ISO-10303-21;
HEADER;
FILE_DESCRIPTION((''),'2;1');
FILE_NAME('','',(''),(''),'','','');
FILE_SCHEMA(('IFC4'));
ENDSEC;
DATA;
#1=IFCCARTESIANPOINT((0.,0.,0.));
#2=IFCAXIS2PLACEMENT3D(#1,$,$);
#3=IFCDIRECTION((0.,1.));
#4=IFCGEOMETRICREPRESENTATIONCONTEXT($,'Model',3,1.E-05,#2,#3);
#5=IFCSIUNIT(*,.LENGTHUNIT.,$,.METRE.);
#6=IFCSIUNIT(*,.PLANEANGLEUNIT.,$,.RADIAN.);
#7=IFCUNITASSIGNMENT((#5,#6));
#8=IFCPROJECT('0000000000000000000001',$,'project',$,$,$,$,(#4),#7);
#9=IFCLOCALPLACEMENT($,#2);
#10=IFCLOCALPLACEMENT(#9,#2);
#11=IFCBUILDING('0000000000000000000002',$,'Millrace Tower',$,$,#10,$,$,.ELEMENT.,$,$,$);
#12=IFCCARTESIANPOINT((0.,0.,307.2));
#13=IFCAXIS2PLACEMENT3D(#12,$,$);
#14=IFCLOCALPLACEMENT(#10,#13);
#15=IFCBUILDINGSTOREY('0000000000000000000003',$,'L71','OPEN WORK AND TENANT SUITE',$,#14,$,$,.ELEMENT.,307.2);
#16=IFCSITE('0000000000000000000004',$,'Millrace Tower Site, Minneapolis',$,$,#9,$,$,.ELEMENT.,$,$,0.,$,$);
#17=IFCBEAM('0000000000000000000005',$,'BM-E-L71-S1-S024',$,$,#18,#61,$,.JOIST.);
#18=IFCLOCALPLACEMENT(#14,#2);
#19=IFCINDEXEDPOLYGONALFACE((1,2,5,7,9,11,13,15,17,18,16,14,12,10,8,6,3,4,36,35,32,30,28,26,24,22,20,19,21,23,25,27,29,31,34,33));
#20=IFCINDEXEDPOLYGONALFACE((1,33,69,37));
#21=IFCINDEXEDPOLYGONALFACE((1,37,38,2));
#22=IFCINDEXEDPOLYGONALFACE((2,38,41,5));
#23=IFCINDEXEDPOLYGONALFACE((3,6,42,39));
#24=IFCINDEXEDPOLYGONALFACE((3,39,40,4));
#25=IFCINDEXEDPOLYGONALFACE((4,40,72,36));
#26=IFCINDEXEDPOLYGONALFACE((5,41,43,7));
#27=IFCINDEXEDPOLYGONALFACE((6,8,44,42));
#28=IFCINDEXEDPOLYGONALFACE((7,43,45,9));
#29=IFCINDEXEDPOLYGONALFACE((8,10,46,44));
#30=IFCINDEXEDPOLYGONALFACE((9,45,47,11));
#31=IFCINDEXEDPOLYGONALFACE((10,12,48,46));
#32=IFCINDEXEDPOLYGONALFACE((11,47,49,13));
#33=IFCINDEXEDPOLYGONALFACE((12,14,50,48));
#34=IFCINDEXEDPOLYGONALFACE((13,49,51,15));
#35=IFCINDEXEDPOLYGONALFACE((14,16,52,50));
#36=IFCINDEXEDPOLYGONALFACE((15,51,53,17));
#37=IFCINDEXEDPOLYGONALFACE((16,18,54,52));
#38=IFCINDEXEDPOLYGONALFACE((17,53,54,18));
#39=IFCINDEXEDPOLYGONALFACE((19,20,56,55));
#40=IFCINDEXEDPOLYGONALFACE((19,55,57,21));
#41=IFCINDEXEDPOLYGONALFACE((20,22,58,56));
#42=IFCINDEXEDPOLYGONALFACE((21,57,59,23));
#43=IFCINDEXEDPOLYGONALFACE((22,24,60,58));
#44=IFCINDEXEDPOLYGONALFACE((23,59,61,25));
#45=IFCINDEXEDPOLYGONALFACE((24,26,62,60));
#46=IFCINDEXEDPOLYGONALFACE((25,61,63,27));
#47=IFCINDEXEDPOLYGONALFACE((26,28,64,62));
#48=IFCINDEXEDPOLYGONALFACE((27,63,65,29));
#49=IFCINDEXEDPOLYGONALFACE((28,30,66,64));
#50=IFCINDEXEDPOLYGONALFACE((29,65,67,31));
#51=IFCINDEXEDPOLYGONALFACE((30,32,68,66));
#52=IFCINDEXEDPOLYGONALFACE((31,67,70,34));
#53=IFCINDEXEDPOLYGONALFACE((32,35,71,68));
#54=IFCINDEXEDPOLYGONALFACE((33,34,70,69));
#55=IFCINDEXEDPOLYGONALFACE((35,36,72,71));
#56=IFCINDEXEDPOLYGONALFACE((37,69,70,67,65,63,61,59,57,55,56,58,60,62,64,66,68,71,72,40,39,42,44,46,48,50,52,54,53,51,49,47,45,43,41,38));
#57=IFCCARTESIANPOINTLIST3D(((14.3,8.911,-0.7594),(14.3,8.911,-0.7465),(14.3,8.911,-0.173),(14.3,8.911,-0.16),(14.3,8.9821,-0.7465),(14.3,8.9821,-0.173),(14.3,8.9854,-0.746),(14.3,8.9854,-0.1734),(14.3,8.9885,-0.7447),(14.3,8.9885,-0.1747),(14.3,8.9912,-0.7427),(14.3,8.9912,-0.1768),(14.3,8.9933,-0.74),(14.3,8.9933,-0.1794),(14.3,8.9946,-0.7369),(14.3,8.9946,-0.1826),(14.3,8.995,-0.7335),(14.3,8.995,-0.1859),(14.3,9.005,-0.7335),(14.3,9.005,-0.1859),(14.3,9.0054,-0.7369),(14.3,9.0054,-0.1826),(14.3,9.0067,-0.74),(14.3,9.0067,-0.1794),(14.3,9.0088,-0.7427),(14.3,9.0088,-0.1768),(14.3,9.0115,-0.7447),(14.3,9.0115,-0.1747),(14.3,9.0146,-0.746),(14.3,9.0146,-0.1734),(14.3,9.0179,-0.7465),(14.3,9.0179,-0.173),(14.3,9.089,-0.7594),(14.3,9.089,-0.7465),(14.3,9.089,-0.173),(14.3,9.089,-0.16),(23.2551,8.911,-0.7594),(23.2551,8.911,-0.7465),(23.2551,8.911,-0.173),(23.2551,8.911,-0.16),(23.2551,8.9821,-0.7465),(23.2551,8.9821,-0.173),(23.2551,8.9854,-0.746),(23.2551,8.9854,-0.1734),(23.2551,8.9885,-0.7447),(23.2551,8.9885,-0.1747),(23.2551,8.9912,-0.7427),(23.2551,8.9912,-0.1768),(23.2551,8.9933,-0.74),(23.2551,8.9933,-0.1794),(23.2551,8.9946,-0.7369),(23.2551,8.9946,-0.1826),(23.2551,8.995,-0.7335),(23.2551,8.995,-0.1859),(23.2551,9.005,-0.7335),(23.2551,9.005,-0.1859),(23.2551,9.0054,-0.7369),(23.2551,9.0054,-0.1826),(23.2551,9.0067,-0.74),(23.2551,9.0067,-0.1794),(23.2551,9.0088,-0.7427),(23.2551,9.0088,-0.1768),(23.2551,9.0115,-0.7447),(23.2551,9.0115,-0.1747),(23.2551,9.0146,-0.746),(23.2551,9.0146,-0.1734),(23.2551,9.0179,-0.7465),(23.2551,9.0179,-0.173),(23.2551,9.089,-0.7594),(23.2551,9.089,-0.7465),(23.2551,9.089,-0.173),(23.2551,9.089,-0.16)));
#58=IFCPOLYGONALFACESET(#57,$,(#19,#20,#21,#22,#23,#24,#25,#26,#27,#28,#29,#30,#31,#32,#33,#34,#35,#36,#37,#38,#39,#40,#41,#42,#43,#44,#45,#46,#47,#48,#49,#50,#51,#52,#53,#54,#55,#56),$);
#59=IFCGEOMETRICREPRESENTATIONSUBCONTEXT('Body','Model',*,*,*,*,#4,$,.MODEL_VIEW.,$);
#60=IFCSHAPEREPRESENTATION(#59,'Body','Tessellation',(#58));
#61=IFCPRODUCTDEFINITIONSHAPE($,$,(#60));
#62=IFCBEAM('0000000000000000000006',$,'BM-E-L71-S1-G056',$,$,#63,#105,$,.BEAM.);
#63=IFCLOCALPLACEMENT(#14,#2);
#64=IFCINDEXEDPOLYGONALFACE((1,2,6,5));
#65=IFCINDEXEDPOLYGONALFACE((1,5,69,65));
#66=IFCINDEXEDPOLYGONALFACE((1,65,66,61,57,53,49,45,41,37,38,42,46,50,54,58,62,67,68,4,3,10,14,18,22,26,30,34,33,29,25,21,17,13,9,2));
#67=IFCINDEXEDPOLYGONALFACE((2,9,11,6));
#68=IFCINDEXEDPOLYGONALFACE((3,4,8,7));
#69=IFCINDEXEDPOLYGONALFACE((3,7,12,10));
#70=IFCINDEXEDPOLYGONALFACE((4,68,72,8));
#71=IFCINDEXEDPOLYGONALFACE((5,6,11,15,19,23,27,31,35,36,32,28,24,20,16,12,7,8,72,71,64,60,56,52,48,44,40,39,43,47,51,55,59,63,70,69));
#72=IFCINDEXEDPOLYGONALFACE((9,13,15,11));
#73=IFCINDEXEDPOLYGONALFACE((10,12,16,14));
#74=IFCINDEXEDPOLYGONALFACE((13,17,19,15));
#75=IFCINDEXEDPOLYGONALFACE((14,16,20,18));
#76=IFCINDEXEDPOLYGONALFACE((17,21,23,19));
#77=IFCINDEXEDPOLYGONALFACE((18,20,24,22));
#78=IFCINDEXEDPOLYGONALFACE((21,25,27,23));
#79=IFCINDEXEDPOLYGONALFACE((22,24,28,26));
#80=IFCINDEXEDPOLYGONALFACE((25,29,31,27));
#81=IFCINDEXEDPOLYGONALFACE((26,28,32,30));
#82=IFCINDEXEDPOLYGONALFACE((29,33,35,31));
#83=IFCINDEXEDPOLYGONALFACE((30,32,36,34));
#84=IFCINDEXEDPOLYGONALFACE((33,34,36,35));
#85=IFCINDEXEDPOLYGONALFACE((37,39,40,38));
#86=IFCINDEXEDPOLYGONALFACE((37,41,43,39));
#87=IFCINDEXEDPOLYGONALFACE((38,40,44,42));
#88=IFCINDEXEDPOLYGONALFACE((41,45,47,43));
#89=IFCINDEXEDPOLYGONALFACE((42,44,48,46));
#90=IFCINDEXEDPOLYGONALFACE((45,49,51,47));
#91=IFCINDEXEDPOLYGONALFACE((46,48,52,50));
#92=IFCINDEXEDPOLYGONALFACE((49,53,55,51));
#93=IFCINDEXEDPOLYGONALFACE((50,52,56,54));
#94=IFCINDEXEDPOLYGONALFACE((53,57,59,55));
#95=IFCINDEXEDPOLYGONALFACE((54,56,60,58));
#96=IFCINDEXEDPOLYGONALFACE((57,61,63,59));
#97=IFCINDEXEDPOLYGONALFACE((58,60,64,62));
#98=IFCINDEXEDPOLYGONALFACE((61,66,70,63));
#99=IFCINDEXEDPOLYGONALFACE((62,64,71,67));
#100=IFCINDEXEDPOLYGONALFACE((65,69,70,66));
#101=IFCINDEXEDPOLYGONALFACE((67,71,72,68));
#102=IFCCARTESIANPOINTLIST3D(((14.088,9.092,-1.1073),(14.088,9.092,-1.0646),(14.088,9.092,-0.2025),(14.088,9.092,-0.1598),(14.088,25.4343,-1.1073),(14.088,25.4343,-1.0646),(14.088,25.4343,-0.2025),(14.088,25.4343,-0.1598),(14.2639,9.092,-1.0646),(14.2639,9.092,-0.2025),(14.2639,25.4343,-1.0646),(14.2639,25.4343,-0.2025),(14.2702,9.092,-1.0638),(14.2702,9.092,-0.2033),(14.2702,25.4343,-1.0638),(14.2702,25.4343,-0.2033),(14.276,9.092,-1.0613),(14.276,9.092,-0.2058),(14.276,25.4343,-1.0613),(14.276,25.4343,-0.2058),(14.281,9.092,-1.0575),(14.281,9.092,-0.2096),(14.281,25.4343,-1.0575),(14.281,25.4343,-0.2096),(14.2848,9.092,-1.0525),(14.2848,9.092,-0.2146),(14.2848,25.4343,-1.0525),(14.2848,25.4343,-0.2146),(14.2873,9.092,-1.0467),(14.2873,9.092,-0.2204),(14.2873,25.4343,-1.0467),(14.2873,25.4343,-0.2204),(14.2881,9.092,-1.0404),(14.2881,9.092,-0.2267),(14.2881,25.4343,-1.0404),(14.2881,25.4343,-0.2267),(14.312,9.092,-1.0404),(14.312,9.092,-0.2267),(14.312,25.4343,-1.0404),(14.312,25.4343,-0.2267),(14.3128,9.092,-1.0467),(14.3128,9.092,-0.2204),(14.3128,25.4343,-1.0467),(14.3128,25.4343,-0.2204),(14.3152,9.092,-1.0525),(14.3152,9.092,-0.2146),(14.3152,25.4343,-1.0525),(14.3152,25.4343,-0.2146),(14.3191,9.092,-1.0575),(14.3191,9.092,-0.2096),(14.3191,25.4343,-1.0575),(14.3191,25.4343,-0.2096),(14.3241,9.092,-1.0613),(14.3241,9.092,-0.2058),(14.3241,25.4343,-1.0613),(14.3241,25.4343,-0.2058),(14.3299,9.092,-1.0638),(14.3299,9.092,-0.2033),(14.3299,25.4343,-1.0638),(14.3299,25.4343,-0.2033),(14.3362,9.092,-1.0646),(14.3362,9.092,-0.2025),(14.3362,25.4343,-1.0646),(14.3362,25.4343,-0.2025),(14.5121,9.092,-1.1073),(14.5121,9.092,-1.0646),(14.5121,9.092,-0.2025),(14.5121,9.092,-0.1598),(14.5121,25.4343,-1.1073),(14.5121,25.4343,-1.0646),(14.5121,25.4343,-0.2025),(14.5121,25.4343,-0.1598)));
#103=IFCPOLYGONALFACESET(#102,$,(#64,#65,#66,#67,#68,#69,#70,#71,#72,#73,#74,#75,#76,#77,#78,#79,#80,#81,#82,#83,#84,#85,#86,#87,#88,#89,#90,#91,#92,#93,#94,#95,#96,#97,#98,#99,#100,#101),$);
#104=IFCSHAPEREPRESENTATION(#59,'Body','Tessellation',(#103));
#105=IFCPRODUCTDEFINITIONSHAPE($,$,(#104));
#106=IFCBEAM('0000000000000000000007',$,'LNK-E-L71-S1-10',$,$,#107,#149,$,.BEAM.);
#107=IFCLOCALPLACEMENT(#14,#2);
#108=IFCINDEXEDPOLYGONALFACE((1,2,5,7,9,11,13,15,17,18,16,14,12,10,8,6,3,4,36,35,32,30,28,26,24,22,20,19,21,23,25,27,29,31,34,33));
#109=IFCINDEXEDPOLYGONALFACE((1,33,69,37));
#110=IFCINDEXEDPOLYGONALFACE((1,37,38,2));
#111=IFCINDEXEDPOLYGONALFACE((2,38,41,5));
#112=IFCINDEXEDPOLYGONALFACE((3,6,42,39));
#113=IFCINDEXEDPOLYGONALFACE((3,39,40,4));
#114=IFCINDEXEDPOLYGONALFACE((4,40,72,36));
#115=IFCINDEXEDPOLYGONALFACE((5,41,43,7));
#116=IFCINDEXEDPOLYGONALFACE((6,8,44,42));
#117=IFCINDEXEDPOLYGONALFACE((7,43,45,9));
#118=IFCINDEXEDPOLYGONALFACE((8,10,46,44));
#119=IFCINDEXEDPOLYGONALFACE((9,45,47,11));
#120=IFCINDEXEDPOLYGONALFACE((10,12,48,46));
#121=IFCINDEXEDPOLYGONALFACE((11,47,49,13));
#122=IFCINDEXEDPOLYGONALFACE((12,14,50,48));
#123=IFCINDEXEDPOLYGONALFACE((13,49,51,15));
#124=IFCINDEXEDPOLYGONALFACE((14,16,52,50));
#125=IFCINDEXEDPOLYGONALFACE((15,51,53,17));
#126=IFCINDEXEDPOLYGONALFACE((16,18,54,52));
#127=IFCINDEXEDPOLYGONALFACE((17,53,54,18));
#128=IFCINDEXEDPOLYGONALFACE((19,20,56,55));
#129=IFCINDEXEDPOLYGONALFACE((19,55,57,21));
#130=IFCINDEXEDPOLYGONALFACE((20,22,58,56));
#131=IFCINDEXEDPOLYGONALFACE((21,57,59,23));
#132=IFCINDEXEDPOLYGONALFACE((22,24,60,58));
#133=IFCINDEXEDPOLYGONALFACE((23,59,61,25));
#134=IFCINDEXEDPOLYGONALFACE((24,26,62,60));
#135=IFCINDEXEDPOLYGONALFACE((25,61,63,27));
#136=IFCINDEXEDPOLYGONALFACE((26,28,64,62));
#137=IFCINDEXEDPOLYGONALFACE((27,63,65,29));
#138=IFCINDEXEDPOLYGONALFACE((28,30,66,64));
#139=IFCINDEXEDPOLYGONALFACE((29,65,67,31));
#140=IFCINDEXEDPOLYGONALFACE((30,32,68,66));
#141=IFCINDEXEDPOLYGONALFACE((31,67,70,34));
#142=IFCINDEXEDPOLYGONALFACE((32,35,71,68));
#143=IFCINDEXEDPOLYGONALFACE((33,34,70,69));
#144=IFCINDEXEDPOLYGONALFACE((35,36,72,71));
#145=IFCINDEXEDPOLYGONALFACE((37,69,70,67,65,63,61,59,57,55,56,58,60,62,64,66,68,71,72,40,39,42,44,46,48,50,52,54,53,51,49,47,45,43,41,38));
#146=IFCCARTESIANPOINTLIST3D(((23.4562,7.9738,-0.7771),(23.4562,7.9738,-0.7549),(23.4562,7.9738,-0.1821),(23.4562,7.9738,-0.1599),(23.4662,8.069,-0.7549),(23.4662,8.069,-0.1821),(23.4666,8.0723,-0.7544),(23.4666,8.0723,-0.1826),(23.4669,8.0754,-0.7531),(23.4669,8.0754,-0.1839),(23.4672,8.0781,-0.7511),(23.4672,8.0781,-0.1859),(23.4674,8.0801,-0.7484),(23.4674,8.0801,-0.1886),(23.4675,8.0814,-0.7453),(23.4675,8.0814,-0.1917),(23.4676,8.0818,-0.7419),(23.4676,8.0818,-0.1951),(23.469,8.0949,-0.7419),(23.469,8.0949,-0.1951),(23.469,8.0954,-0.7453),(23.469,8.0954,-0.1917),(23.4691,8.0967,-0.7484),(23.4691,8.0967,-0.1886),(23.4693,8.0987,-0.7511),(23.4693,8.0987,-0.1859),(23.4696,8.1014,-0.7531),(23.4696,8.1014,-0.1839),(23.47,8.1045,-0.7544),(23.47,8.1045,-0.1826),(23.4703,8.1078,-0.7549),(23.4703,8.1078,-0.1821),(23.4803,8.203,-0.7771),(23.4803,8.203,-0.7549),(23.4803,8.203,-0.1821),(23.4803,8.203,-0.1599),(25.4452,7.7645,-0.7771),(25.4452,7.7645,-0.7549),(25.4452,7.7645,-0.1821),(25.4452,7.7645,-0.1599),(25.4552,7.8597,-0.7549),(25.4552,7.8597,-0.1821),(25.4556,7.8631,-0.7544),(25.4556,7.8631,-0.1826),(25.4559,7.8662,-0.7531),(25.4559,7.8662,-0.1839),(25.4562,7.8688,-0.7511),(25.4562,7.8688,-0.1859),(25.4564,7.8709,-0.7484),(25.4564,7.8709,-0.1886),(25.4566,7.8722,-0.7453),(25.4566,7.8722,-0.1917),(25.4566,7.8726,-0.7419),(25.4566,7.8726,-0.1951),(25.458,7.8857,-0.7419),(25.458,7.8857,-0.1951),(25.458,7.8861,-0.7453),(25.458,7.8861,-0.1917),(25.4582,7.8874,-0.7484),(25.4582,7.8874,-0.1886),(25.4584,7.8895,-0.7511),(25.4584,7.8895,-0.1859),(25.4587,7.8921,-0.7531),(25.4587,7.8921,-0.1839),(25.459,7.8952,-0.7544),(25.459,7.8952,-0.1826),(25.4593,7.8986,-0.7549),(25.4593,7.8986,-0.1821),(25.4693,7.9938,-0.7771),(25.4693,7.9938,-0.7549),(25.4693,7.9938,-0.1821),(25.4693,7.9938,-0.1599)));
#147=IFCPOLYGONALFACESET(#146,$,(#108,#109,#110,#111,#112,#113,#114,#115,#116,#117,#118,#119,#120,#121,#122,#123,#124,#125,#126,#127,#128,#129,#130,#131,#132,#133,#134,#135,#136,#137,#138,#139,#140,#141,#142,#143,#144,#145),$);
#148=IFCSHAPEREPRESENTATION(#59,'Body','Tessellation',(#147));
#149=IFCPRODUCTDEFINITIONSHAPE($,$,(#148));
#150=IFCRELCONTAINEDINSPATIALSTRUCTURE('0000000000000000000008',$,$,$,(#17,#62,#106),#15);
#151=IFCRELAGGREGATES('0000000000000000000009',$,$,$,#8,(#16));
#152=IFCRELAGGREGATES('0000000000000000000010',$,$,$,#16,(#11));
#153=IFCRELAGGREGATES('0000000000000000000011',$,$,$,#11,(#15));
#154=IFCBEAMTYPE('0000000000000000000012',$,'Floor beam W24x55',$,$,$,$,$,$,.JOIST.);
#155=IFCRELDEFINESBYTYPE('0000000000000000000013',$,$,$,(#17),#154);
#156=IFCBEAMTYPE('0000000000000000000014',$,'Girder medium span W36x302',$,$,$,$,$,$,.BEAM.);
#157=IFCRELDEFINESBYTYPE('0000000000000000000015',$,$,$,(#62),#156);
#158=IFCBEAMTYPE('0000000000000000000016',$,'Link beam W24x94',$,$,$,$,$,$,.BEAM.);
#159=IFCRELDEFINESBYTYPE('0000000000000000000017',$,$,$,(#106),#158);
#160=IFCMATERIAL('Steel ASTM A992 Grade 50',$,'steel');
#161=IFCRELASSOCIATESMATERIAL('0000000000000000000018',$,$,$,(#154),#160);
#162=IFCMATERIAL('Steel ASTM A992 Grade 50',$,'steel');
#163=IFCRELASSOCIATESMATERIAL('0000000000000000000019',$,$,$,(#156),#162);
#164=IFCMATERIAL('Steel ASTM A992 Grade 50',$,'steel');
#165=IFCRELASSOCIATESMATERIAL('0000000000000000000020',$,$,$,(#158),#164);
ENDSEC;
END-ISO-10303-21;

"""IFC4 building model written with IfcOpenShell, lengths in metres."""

from ifc_helpers import new_model, si_unit, direction, frame, origin, origin_2d, place, context, subcontext, project, spatial, i_section, extrude, material, material_profile, profile_set, type_object, element, save


model = new_model("IFC4")

# Units and contexts
model_context = context("Model", 3, precision=1e-05, world=origin(), true_north=direction((0.0, 1.0)))
body_context = subcontext(model_context, "Body", "Model", "MODEL_VIEW")
ifc_project = project(units=[si_unit("LENGTHUNIT", "METRE"), si_unit("PLANEANGLEUNIT", "RADIAN")], contexts=[model_context])

# Site, building, storey
site_placement = place(None, origin())
site = spatial("IfcSite", under=ifc_project, at=site_placement, Name="Millrace Tower Site, Minneapolis", CompositionType="ELEMENT", RefElevation=0.0)
building_placement = place(site_placement, origin())
building = spatial("IfcBuilding", under=site, at=building_placement, Name="Millrace Tower", CompositionType="ELEMENT")
storey_placement = place(building_placement, frame((0.0, 0.0, 307.2)))
storey = spatial("IfcBuildingStorey", under=building, at=storey_placement, Name="L71", Description="OPEN WORK AND TENANT SUITE", CompositionType="ELEMENT", Elevation=307.2)

# Beams
ifc_material_1 = material(Name="Steel ASTM A992 Grade 50", Category="steel")
ifc_material_profile_1 = material_profile(ifc_material_1, i_section(OverallWidth=0.178, OverallDepth=0.5994, WebThickness=0.01, FlangeThickness=0.0129, FilletRadius=0.0129, at=origin_2d()))
ifc_profile_set_1 = profile_set([ifc_material_profile_1], Name="Steel ASTM A992 Grade 50")
beam_type_1 = type_object("IfcBeamType", Name="Floor beam W24x55", PredefinedType="JOIST", material=ifc_profile_set_1)
beam_1_placement = place(storey_placement, frame((14.3, 9.0, -0.4597), z_axis=(1.0, 0.0, 0.0), x_axis=(0.0, 1.0, 0.0)))
element("IfcBeam", 1, at=beam_1_placement, inside=storey, type_object=beam_type_1, Name="BM-E-L71-S1-S024", PredefinedType="JOIST", context=body_context, shape_type="SweptSolid", body=[
    extrude(i_section(OverallWidth=0.178, OverallDepth=0.5994, WebThickness=0.01, FlangeThickness=0.0129, FilletRadius=0.0129, at=origin_2d()), origin(), (0.0, 0.0, 1.0), 8.9551),
])
ifc_material_2 = material(Name="Steel ASTM A992 Grade 50", Category="steel")
ifc_material_profile_2 = material_profile(ifc_material_2, i_section(OverallWidth=0.4241, OverallDepth=0.9475, WebThickness=0.0239, FlangeThickness=0.0427, FilletRadius=0.0242, at=origin_2d()))
ifc_profile_set_2 = profile_set([ifc_material_profile_2], Name="Steel ASTM A992 Grade 50")
beam_type_2 = type_object("IfcBeamType", Name="Girder medium span W36x302", PredefinedType="BEAM", material=ifc_profile_set_2)
beam_2_placement = place(storey_placement, frame((14.3, 9.092, -0.6335), z_axis=(0.0, 1.0, 0.0), x_axis=(-1.0, 0.0, 0.0)))
element("IfcBeam", 2, at=beam_2_placement, inside=storey, type_object=beam_type_2, Name="BM-E-L71-S1-G056", PredefinedType="BEAM", context=body_context, shape_type="SweptSolid", body=[
    extrude(i_section(OverallWidth=0.4241, OverallDepth=0.9475, WebThickness=0.0239, FlangeThickness=0.0427, FilletRadius=0.0242, at=origin_2d()), origin(), (0.0, 0.0, 1.0), 16.3423),
])
ifc_material_3 = material(Name="Steel ASTM A992 Grade 50", Category="steel")
ifc_material_profile_3 = material_profile(ifc_material_3, i_section(OverallWidth=0.2305, OverallDepth=0.6172, WebThickness=0.0132, FlangeThickness=0.0222, FilletRadius=0.0129, at=origin_2d()))
ifc_profile_set_3 = profile_set([ifc_material_profile_3], Name="Steel ASTM A992 Grade 50")
beam_type_3 = type_object("IfcBeamType", Name="Link beam W24x94", PredefinedType="BEAM", material=ifc_profile_set_3)
beam_3_placement = place(storey_placement, frame((23.4683, 8.0884, -0.4685), z_axis=(0.994513, -0.104615, 0.0), x_axis=(0.104615, 0.994513, 0.0)))
element("IfcBeam", 3, at=beam_3_placement, inside=storey, type_object=beam_type_3, Name="LNK-E-L71-S1-10", PredefinedType="BEAM", context=body_context, shape_type="SweptSolid", body=[
    extrude(i_section(OverallWidth=0.2305, OverallDepth=0.6172, WebThickness=0.0132, FlangeThickness=0.0222, FilletRadius=0.0129, at=origin_2d()), origin(), (0.0, 0.0, 1.0), 2.0),
])

save(model, "model.ifc")
